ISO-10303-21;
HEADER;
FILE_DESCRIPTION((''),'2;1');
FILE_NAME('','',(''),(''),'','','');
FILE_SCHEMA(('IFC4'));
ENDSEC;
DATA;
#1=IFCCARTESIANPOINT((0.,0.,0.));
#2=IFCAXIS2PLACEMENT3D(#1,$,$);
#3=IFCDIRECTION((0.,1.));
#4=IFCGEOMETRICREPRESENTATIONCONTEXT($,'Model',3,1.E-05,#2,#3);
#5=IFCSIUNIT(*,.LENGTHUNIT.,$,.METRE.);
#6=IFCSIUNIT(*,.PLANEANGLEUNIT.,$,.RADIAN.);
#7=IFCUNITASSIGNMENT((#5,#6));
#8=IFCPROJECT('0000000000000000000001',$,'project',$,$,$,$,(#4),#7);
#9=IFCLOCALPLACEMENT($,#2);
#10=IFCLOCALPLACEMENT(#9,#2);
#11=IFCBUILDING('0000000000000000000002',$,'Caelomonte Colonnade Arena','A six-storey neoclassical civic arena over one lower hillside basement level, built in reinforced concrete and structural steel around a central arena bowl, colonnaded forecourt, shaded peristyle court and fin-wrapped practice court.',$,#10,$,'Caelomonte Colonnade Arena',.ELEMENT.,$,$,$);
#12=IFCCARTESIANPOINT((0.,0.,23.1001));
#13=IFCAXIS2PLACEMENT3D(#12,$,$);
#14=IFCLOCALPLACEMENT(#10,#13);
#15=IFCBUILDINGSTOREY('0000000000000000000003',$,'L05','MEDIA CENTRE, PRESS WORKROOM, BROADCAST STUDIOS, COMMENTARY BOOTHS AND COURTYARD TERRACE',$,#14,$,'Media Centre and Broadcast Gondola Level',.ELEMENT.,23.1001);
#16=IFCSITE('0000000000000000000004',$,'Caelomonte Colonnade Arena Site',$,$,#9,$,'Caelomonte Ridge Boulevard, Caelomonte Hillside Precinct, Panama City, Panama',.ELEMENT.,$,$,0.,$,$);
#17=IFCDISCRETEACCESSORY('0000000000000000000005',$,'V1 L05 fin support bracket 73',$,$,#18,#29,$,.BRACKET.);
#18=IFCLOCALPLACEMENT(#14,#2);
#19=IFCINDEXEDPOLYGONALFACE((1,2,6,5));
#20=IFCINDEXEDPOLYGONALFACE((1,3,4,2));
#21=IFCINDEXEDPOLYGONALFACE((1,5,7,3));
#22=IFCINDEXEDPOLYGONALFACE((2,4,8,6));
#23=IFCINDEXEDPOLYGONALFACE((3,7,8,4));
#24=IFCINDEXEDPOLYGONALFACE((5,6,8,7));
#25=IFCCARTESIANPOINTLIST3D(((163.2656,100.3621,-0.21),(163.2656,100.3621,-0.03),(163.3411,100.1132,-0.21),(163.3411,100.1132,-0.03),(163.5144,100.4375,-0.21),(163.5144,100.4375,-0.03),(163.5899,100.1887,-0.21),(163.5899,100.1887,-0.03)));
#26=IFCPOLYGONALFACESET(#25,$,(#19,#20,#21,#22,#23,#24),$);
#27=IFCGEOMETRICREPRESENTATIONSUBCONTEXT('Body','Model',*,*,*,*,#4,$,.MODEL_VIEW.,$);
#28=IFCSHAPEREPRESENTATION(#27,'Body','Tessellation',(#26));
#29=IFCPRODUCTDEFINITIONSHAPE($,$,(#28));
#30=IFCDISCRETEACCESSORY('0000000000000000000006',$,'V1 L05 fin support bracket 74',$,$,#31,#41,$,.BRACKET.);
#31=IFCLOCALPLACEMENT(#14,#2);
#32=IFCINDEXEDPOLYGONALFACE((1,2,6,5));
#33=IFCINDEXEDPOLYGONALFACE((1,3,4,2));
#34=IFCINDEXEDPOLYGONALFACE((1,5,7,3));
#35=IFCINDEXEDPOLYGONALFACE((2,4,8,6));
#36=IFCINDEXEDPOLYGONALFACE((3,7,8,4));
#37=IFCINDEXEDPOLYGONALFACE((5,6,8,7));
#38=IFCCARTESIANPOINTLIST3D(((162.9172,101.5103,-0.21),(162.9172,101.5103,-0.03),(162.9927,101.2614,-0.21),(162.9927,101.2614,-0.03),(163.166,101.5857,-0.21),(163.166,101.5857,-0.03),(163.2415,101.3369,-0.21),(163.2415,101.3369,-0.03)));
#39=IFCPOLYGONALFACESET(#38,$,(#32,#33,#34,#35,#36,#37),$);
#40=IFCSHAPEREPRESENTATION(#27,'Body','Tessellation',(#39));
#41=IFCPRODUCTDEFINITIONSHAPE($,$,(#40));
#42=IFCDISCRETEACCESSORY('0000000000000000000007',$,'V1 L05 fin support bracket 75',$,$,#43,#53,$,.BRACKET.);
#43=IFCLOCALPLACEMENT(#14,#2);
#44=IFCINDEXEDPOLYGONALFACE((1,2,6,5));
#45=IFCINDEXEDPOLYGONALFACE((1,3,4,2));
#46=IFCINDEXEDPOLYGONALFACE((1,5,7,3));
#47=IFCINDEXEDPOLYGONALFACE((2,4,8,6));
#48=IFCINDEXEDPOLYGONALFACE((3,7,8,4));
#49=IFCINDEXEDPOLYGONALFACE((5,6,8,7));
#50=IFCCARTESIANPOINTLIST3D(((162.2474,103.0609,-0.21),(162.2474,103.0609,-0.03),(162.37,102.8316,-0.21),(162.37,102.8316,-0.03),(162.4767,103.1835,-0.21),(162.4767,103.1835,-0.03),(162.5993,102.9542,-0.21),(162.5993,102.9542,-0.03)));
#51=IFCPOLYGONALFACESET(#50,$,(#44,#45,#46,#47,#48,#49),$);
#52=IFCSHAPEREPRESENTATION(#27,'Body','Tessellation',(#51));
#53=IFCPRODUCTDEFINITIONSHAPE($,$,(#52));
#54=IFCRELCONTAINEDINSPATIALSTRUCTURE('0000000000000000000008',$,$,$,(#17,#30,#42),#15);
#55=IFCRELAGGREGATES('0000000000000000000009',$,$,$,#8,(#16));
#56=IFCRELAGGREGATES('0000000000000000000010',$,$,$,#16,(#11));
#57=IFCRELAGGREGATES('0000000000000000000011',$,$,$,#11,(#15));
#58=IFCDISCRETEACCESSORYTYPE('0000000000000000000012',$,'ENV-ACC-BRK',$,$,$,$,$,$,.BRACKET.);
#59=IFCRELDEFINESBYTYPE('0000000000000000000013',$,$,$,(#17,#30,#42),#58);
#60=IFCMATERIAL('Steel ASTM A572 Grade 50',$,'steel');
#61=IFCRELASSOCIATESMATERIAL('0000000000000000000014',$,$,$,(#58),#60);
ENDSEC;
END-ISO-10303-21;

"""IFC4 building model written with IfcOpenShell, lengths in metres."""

from ifc_helpers import new_model, si_unit, direction, frame, origin, origin_2d, place, context, subcontext, project, spatial, rectangle, extrude, material, type_object, element, save


model = new_model("IFC4")

# Units and contexts
model_context = context("Model", 3, precision=1e-05, world=origin(), true_north=direction((0.0, 1.0)))
body_context = subcontext(model_context, "Body", "Model", "MODEL_VIEW")
ifc_project = project(units=[si_unit("LENGTHUNIT", "METRE"), si_unit("PLANEANGLEUNIT", "RADIAN")], contexts=[model_context])

# Site, building, storey
site_placement = place(None, origin())
site = spatial("IfcSite", under=ifc_project, at=site_placement, Name="Caelomonte Colonnade Arena Site", LongName="Caelomonte Ridge Boulevard, Caelomonte Hillside Precinct, Panama City, Panama", CompositionType="ELEMENT", RefElevation=0.0)
building_placement = place(site_placement, origin())
building = spatial("IfcBuilding", under=site, at=building_placement, Name="Caelomonte Colonnade Arena", Description="A six-storey neoclassical civic arena over one lower hillside basement level, built in reinforced concrete and structural steel around a central arena bowl, colonnaded forecourt, shaded peristyle court and fin-wrapped practice court.", LongName="Caelomonte Colonnade Arena", CompositionType="ELEMENT")
storey_placement = place(building_placement, frame((0.0, 0.0, 23.1001)))
storey = spatial("IfcBuildingStorey", under=building, at=storey_placement, Name="L05", Description="MEDIA CENTRE, PRESS WORKROOM, BROADCAST STUDIOS, COMMENTARY BOOTHS AND COURTYARD TERRACE", LongName="Media Centre and Broadcast Gondola Level", CompositionType="ELEMENT", Elevation=23.1001)

# Discrete accessories
ifc_material_1 = material(Name="Steel ASTM A572 Grade 50", Category="steel")
discrete_accessory_type = type_object("IfcDiscreteAccessoryType", Name="ENV-ACC-BRK", PredefinedType="BRACKET", material=ifc_material_1)
for number, where, z_axis, x_axis, name in (
    (1, (163.4277, 100.2754, -0.21), (0.0, 0.0, 1.0), (-0.290276, 0.956943, 0.0), "V1 L05 fin support bracket 73"),
    (2, (163.0793, 101.4236, -0.21), (0.0, 0.0, 1.0), (-0.290276, 0.956943, 0.0), "V1 L05 fin support bracket 74"),
    (3, (162.4233, 103.0076, -0.21), (0.0, 0.0, 1.0), (-0.471397, 0.881921, 0.0), "V1 L05 fin support bracket 75"),
):
    element("IfcDiscreteAccessory", number, at=place(storey_placement, frame(where, z_axis=z_axis, x_axis=x_axis)), inside=storey, type_object=discrete_accessory_type, Name=name, PredefinedType="BRACKET", context=body_context, shape_type="SweptSolid", body=[
        extrude(rectangle(XDim=0.26, YDim=0.26, at=origin_2d()), origin(), (0.0, 0.0, 1.0), 0.1799),
    ])

save(model, "model.ifc")
